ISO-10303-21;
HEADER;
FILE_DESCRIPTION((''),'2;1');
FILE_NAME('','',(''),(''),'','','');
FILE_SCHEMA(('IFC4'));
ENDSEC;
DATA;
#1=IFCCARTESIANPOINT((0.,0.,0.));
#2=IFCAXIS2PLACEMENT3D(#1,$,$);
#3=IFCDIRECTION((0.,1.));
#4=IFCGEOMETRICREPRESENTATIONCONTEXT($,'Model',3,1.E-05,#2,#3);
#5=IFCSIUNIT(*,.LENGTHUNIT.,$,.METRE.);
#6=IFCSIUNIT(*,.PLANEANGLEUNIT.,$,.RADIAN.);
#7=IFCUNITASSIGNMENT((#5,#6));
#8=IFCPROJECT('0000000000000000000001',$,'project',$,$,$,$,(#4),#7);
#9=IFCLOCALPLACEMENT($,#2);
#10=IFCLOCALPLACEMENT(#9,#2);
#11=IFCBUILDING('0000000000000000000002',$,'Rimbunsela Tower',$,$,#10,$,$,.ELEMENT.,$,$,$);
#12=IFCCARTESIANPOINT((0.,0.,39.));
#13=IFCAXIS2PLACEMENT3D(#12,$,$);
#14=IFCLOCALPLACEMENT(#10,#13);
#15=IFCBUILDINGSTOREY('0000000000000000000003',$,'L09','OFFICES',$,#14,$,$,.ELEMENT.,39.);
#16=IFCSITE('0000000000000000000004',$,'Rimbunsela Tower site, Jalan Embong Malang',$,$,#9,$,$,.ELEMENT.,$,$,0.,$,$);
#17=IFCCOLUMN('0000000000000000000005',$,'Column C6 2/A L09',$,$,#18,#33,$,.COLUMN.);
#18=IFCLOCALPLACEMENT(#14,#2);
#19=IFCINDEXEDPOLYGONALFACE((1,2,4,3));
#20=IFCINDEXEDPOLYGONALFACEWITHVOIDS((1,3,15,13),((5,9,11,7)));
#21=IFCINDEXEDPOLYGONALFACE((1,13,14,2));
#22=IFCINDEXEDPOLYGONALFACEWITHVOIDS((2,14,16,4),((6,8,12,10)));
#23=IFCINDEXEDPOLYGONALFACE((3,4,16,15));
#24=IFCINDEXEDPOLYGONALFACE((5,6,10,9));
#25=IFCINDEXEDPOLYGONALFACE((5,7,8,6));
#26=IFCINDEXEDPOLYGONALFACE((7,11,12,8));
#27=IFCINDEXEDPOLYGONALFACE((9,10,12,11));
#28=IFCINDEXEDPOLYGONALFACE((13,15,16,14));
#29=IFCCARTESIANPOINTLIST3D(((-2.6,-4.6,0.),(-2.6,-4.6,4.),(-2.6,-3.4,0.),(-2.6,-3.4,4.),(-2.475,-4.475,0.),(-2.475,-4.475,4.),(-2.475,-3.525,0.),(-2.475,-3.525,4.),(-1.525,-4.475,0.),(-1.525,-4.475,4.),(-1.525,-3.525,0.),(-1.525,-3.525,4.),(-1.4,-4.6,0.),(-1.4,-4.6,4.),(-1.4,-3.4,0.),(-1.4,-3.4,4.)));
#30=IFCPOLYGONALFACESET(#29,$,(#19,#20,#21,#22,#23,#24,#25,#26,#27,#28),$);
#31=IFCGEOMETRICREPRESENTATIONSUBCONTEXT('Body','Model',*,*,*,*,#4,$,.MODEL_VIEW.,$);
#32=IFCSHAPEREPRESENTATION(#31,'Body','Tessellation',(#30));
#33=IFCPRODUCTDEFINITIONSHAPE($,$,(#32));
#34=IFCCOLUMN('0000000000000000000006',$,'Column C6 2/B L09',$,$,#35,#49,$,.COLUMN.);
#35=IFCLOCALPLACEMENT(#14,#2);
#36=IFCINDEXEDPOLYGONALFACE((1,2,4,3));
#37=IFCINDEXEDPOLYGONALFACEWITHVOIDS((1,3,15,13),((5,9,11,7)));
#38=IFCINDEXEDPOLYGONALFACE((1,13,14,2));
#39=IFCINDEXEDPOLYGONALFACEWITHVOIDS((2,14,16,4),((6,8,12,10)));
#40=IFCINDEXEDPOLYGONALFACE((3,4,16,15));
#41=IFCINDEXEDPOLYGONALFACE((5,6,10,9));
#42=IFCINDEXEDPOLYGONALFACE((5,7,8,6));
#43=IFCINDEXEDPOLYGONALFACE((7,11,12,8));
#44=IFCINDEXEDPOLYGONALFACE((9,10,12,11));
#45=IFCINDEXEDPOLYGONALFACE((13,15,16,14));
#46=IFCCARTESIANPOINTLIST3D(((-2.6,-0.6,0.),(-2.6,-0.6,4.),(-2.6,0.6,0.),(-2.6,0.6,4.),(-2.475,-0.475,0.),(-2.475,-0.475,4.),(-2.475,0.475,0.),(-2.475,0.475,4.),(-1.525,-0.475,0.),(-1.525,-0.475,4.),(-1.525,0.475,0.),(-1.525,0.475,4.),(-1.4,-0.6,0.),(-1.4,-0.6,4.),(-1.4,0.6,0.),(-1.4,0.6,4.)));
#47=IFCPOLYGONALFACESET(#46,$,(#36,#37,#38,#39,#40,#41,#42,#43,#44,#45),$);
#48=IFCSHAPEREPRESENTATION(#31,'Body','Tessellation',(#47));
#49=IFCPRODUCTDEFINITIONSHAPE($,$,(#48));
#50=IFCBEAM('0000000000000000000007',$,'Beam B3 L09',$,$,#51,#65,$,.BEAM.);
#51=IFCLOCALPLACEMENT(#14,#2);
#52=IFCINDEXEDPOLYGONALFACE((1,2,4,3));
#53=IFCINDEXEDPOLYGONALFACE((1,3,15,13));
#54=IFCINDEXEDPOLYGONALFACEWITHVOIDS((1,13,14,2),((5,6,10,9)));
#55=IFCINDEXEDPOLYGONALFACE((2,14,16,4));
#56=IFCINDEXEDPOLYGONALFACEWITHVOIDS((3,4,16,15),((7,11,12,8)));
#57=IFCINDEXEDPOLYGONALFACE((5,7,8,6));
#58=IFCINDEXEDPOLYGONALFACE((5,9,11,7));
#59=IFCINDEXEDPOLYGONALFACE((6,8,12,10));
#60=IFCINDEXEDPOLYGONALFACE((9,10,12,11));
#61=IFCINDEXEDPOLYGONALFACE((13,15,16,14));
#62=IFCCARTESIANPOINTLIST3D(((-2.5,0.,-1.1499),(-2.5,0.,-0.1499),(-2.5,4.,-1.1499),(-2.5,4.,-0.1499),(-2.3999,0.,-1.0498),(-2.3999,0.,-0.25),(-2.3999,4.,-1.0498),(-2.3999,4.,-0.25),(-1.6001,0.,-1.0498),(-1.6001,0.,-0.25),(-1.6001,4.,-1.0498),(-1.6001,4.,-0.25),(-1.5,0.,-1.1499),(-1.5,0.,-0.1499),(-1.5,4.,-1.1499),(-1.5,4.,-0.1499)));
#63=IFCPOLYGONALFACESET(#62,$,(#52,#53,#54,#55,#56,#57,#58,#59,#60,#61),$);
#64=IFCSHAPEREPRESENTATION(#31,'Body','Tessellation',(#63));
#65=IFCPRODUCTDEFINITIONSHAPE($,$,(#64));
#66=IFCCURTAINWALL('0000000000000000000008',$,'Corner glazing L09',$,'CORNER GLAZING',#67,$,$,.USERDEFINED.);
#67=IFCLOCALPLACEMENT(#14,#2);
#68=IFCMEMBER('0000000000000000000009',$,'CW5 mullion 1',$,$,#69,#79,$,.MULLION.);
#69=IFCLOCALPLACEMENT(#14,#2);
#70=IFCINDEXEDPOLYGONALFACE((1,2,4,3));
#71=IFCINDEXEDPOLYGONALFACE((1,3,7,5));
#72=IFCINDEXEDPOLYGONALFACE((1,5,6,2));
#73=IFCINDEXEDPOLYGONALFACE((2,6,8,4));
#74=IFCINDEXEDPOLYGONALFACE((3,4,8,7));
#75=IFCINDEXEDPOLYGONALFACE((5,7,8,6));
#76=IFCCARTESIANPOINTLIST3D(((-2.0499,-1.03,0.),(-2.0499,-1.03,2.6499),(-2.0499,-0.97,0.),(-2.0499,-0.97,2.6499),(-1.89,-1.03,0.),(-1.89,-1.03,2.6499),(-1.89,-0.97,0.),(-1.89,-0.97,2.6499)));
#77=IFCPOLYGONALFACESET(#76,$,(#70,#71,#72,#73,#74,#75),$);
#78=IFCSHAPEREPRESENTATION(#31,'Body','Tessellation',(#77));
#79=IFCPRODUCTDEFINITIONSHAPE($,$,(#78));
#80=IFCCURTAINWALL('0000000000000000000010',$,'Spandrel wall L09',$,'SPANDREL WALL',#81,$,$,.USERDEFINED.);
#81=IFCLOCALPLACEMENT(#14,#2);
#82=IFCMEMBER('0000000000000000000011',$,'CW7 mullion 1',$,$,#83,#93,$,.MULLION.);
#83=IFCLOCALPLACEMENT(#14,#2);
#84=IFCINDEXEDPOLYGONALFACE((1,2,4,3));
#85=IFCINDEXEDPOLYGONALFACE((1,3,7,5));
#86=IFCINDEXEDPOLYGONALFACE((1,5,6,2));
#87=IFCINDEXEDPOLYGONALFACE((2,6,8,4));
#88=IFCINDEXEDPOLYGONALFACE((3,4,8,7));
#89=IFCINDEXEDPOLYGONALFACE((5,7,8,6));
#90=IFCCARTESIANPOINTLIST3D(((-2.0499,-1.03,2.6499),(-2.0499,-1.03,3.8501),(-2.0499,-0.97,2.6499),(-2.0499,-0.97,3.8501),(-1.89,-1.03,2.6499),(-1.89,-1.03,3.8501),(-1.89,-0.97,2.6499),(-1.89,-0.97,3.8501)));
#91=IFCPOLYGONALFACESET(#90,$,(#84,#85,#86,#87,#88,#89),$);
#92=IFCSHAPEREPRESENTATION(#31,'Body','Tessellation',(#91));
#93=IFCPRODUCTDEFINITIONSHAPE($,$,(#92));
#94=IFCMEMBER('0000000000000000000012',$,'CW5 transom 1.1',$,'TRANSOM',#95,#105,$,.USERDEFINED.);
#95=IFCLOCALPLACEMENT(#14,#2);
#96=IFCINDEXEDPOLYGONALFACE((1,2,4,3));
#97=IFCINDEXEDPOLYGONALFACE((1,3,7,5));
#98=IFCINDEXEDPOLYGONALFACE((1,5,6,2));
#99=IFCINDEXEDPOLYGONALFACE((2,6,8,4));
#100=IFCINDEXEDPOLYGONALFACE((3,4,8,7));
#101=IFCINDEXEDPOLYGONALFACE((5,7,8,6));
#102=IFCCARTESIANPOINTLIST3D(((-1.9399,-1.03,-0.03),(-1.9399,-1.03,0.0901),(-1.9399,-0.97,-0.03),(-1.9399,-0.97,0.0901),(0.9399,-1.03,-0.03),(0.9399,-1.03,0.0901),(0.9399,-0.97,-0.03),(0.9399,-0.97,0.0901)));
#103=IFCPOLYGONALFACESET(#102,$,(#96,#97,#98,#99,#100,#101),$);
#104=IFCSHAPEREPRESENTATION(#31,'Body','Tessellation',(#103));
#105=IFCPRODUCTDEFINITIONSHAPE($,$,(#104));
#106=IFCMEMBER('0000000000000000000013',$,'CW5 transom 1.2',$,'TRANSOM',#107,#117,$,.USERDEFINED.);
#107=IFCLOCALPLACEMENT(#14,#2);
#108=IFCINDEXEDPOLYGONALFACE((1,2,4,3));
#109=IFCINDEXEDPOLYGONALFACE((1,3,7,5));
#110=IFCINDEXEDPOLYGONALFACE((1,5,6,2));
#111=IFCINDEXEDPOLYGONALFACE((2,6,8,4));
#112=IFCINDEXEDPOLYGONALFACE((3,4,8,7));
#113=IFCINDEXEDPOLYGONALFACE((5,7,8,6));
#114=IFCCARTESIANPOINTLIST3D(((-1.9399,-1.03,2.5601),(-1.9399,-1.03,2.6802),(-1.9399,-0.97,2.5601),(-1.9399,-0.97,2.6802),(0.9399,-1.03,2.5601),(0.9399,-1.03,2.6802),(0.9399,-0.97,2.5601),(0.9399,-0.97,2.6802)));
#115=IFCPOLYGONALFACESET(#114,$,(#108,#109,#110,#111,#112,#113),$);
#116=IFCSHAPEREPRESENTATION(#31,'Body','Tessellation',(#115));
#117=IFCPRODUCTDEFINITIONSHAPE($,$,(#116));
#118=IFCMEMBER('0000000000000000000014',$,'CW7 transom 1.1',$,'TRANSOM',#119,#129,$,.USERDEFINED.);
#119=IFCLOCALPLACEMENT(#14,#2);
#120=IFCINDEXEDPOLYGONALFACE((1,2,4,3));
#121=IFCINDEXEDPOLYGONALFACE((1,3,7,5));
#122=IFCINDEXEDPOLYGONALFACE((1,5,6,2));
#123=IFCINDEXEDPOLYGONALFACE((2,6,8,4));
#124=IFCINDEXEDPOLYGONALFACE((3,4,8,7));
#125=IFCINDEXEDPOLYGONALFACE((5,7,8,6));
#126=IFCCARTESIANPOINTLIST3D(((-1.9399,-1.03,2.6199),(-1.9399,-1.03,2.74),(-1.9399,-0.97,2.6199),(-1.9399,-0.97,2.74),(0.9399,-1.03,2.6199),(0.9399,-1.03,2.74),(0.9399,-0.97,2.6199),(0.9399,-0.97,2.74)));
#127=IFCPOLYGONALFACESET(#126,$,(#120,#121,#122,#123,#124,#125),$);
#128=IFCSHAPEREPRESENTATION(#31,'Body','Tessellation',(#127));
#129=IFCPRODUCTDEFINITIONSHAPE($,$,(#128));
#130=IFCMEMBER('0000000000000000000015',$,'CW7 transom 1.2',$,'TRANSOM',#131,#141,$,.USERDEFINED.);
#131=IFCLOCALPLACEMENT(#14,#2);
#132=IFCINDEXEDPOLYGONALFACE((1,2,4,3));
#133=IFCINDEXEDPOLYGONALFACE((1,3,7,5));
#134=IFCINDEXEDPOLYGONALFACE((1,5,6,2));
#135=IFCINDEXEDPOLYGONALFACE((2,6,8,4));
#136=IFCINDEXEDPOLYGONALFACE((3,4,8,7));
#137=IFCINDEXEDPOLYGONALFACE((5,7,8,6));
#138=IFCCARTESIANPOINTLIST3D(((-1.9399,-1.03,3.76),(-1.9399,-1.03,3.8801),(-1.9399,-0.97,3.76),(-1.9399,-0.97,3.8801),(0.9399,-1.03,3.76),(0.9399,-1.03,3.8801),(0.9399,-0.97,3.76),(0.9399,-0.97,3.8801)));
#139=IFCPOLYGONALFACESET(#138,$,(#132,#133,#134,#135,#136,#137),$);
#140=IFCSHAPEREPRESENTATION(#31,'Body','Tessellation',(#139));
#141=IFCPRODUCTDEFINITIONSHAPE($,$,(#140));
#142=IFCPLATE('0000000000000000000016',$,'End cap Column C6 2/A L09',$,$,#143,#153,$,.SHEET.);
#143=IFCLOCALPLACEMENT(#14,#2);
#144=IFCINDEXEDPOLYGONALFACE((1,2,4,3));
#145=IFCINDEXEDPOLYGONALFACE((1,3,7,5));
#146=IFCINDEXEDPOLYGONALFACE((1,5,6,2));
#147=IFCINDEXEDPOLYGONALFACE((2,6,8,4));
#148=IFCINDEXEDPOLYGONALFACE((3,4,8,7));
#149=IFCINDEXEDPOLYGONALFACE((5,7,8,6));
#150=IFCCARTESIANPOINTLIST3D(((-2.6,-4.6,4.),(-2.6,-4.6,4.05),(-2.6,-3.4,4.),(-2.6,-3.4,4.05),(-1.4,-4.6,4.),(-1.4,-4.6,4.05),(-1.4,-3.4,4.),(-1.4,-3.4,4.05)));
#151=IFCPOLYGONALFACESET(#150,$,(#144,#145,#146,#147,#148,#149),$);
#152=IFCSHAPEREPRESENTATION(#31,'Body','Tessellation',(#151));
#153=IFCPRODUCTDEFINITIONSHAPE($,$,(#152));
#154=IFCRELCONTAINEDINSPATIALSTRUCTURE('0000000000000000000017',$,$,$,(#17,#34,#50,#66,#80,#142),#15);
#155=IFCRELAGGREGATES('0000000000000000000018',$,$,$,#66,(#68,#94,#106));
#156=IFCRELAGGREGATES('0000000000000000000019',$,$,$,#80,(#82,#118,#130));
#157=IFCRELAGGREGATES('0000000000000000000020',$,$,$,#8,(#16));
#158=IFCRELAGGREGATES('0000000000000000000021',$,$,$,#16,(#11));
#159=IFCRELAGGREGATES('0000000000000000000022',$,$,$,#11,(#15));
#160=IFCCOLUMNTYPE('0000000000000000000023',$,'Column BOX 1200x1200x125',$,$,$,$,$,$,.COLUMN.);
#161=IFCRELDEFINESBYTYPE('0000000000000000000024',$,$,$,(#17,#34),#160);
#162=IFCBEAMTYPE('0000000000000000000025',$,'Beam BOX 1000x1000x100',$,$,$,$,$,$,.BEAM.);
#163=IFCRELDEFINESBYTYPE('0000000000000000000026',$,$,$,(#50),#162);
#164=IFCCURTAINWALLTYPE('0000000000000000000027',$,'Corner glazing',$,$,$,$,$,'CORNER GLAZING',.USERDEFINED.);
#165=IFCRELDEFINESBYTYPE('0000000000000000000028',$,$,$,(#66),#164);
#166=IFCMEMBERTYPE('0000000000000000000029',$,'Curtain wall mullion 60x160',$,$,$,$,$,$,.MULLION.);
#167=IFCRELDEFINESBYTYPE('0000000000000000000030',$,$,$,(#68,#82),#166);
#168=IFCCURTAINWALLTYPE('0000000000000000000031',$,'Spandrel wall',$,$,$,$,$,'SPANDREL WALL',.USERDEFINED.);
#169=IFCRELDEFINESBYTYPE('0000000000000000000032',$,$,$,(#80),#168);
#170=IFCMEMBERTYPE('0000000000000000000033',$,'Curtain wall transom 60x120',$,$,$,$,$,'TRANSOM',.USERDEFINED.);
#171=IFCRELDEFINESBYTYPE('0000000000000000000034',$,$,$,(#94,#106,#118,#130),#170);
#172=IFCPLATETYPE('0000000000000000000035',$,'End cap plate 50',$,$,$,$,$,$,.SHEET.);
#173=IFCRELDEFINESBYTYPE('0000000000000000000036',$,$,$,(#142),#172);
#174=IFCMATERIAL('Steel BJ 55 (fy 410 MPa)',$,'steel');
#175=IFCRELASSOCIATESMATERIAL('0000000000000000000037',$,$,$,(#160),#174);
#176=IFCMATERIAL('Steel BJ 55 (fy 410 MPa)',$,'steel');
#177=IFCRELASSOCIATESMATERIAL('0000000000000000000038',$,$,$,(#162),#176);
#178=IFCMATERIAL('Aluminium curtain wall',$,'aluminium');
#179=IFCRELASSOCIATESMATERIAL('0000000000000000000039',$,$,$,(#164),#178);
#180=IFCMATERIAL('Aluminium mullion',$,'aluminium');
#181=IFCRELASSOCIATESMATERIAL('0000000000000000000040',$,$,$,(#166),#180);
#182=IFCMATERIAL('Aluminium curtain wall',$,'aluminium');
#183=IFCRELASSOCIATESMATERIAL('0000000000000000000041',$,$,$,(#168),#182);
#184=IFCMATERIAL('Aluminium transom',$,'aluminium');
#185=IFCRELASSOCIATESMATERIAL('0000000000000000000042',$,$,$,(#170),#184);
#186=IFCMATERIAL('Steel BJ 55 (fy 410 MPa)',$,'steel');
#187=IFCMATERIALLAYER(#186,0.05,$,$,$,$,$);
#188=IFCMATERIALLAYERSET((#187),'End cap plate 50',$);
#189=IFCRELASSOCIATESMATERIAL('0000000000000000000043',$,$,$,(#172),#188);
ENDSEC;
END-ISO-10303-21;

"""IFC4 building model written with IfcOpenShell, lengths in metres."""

from ifc_helpers import new_model, si_unit, direction, frame, origin, origin_2d, place, context, subcontext, project, spatial, rectangle, hollow_rectangle, extrude, material, layer, layer_set, material_profile, profile_set, type_object, element, aggregate, save


model = new_model("IFC4")

# Units and contexts
model_context = context("Model", 3, precision=1e-05, world=origin(), true_north=direction((0.0, 1.0)))
body_context = subcontext(model_context, "Body", "Model", "MODEL_VIEW")
ifc_project = project(units=[si_unit("LENGTHUNIT", "METRE"), si_unit("PLANEANGLEUNIT", "RADIAN")], contexts=[model_context])

# Site, building, storey
site_placement = place(None, origin())
site = spatial("IfcSite", under=ifc_project, at=site_placement, Name="Rimbunsela Tower site, Jalan Embong Malang", CompositionType="ELEMENT", RefElevation=0.0)
building_placement = place(site_placement, origin())
building = spatial("IfcBuilding", under=site, at=building_placement, Name="Rimbunsela Tower", CompositionType="ELEMENT")
storey_placement = place(building_placement, frame((0.0, 0.0, 39.0)))
storey = spatial("IfcBuildingStorey", under=building, at=storey_placement, Name="L09", Description="OFFICES", CompositionType="ELEMENT", Elevation=39.0)

# Columns
ifc_material_1 = material(Name="Steel BJ 55 (fy 410 MPa)", Category="steel")
ifc_material_profile_1 = material_profile(ifc_material_1, hollow_rectangle(XDim=1.2, YDim=1.2, WallThickness=0.125, at=origin_2d()), Name="BOX 1200x1200x125")
ifc_profile_set_1 = profile_set([ifc_material_profile_1], Name="Steel BJ 55 (fy 410 MPa)")
column_type = type_object("IfcColumnType", Name="Column BOX 1200x1200x125", PredefinedType="COLUMN", material=ifc_profile_set_1)
for number, where, z_axis, x_axis, name in (
    (1, (-2.0, -4.0, 0.0), (0.0, 0.0, 1.0), (1.0, 0.0, 0.0), "Column C6 2/A L09"),
    (2, (-2.0, 0.0, 0.0), (0.0, 0.0, 1.0), (1.0, 0.0, 0.0), "Column C6 2/B L09"),
):
    element("IfcColumn", number, at=place(storey_placement, frame(where, z_axis=z_axis, x_axis=x_axis)), inside=storey, type_object=column_type, Name=name, PredefinedType="COLUMN", context=body_context, shape_type="SweptSolid", body=[
        extrude(hollow_rectangle(XDim=1.2, YDim=1.2, WallThickness=0.125, at=origin_2d()), origin(), (0.0, 0.0, 1.0), 4.0),
    ])

# Beam
ifc_material_2 = material(Name="Steel BJ 55 (fy 410 MPa)", Category="steel")
ifc_material_profile_2 = material_profile(ifc_material_2, hollow_rectangle(XDim=1.0, YDim=1.0, WallThickness=0.1001, at=origin_2d()), Name="BOX 1000x1000x100")
ifc_profile_set_2 = profile_set([ifc_material_profile_2], Name="Steel BJ 55 (fy 410 MPa)")
beam_type = type_object("IfcBeamType", Name="Beam BOX 1000x1000x100", PredefinedType="BEAM", material=ifc_profile_set_2)
beam_placement = place(storey_placement, frame((-2.0, 0.0, -0.6499), z_axis=(0.0, 1.0, 0.0), x_axis=(-1.0, 0.0, 0.0)))
element("IfcBeam", 3, at=beam_placement, inside=storey, type_object=beam_type, Name="Beam B3 L09", PredefinedType="BEAM", context=body_context, shape_type="SweptSolid", body=[
    extrude(hollow_rectangle(XDim=1.0, YDim=1.0, WallThickness=0.1001, at=origin_2d()), origin(), (0.0, 0.0, 1.0), 4.0),
])

# Curtain walls, members
ifc_material_3 = material(Name="Aluminium curtain wall", Category="aluminium")
curtain_wall_type_1 = type_object("IfcCurtainWallType", Name="Corner glazing", ElementType="CORNER GLAZING", PredefinedType="USERDEFINED", material=ifc_material_3)
curtain_wall_1_placement = place(storey_placement, origin())
curtain_wall_1 = element("IfcCurtainWall", 4, at=curtain_wall_1_placement, inside=storey, type_object=curtain_wall_type_1, Name="Corner glazing L09", ObjectType="CORNER GLAZING", PredefinedType="USERDEFINED")
ifc_material_4 = material(Name="Aluminium mullion", Category="aluminium")
ifc_material_profile_3 = material_profile(ifc_material_4, rectangle(XDim=0.0601, YDim=0.1599, at=origin_2d()), Name="Mullion 60x160")
ifc_profile_set_3 = profile_set([ifc_material_profile_3], Name="Aluminium mullion")
member_type_1 = type_object("IfcMemberType", Name="Curtain wall mullion 60x160", PredefinedType="MULLION", material=ifc_profile_set_3)
member_1_placement = place(storey_placement, frame((-1.97, -1.0, 0.0), z_axis=(0.0, 0.0, 1.0), x_axis=(0.0, 1.0, 0.0)))
member_1 = element("IfcMember", 5, at=member_1_placement, type_object=member_type_1, Name="CW5 mullion 1", PredefinedType="MULLION", context=body_context, shape_type="SweptSolid", body=[
    extrude(rectangle(XDim=0.0601, YDim=0.1599, at=origin_2d()), origin(), (0.0, 0.0, 1.0), 2.6499),
])
ifc_material_5 = material(Name="Aluminium curtain wall", Category="aluminium")
curtain_wall_type_2 = type_object("IfcCurtainWallType", Name="Spandrel wall", ElementType="SPANDREL WALL", PredefinedType="USERDEFINED", material=ifc_material_5)
curtain_wall_2_placement = place(storey_placement, origin())
curtain_wall_2 = element("IfcCurtainWall", 6, at=curtain_wall_2_placement, inside=storey, type_object=curtain_wall_type_2, Name="Spandrel wall L09", ObjectType="SPANDREL WALL", PredefinedType="USERDEFINED")
member_2_placement = place(storey_placement, frame((-1.97, -1.0, 2.6499), z_axis=(0.0, 0.0, 1.0), x_axis=(0.0, 1.0, 0.0)))
member_2 = element("IfcMember", 7, at=member_2_placement, type_object=member_type_1, Name="CW7 mullion 1", PredefinedType="MULLION", context=body_context, shape_type="SweptSolid", body=[
    extrude(rectangle(XDim=0.0601, YDim=0.1599, at=origin_2d()), origin(), (0.0, 0.0, 1.0), 1.2002),
])

# Members
ifc_material_6 = material(Name="Aluminium transom", Category="aluminium")
ifc_material_profile_4 = material_profile(ifc_material_6, rectangle(XDim=0.0601, YDim=0.1201, at=origin_2d()), Name="Transom 60x120")
ifc_profile_set_4 = profile_set([ifc_material_profile_4], Name="Aluminium transom")
member_type_2 = type_object("IfcMemberType", Name="Curtain wall transom 60x120", ElementType="TRANSOM", PredefinedType="USERDEFINED", material=ifc_profile_set_4)
member_3_placement = place(storey_placement, frame((-1.9399, -1.0, 0.03), z_axis=(1.0, 0.0, 0.0), x_axis=(0.0, 1.0, 0.0)))
member_3 = element("IfcMember", 8, at=member_3_placement, type_object=member_type_2, Name="CW5 transom 1.1", ObjectType="TRANSOM", PredefinedType="USERDEFINED", context=body_context, shape_type="SweptSolid", body=[
    extrude(rectangle(XDim=0.0601, YDim=0.1201, at=origin_2d()), origin(), (0.0, 0.0, 1.0), 2.8799),
])
member_4_placement = place(storey_placement, frame((-1.9399, -1.0, 2.6201), z_axis=(1.0, 0.0, 0.0), x_axis=(0.0, 1.0, 0.0)))
member_4 = element("IfcMember", 9, at=member_4_placement, type_object=member_type_2, Name="CW5 transom 1.2", ObjectType="TRANSOM", PredefinedType="USERDEFINED", context=body_context, shape_type="SweptSolid", body=[
    extrude(rectangle(XDim=0.0601, YDim=0.1201, at=origin_2d()), origin(), (0.0, 0.0, 1.0), 2.8799),
])
member_5_placement = place(storey_placement, frame((-1.9399, -1.0, 2.6799), z_axis=(1.0, 0.0, 0.0), x_axis=(0.0, 1.0, 0.0)))
member_5 = element("IfcMember", 10, at=member_5_placement, type_object=member_type_2, Name="CW7 transom 1.1", ObjectType="TRANSOM", PredefinedType="USERDEFINED", context=body_context, shape_type="SweptSolid", body=[
    extrude(rectangle(XDim=0.0601, YDim=0.1201, at=origin_2d()), origin(), (0.0, 0.0, 1.0), 2.8799),
])
member_6_placement = place(storey_placement, frame((-1.9399, -1.0, 3.8201), z_axis=(1.0, 0.0, 0.0), x_axis=(0.0, 1.0, 0.0)))
member_6 = element("IfcMember", 11, at=member_6_placement, type_object=member_type_2, Name="CW7 transom 1.2", ObjectType="TRANSOM", PredefinedType="USERDEFINED", context=body_context, shape_type="SweptSolid", body=[
    extrude(rectangle(XDim=0.0601, YDim=0.1201, at=origin_2d()), origin(), (0.0, 0.0, 1.0), 2.8799),
])

# Plate
ifc_material_7 = material(Name="Steel BJ 55 (fy 410 MPa)", Category="steel")
ifc_layer_1 = layer(ifc_material_7, 0.05)
ifc_layer_set_1 = layer_set([ifc_layer_1], Name="End cap plate 50")
plate_type_1 = type_object("IfcPlateType", Name="End cap plate 50", PredefinedType="SHEET", material=ifc_layer_set_1)
plate_1_placement = place(storey_placement, frame((-2.0, -4.0, 4.0), z_axis=(0.0, 0.0, 1.0), x_axis=(1.0, 0.0, 0.0)))
element("IfcPlate", 12, at=plate_1_placement, inside=storey, type_object=plate_type_1, Name="End cap Column C6 2/A L09", PredefinedType="SHEET", context=body_context, shape_type="SweptSolid", body=[
    extrude(rectangle(XDim=1.2, YDim=1.2, at=origin_2d()), origin(), (0.0, 0.0, 1.0), 0.05),
])

aggregate(curtain_wall_1, [member_1, member_3, member_4])
aggregate(curtain_wall_2, [member_2, member_5, member_6])

save(model, "model.ifc")
